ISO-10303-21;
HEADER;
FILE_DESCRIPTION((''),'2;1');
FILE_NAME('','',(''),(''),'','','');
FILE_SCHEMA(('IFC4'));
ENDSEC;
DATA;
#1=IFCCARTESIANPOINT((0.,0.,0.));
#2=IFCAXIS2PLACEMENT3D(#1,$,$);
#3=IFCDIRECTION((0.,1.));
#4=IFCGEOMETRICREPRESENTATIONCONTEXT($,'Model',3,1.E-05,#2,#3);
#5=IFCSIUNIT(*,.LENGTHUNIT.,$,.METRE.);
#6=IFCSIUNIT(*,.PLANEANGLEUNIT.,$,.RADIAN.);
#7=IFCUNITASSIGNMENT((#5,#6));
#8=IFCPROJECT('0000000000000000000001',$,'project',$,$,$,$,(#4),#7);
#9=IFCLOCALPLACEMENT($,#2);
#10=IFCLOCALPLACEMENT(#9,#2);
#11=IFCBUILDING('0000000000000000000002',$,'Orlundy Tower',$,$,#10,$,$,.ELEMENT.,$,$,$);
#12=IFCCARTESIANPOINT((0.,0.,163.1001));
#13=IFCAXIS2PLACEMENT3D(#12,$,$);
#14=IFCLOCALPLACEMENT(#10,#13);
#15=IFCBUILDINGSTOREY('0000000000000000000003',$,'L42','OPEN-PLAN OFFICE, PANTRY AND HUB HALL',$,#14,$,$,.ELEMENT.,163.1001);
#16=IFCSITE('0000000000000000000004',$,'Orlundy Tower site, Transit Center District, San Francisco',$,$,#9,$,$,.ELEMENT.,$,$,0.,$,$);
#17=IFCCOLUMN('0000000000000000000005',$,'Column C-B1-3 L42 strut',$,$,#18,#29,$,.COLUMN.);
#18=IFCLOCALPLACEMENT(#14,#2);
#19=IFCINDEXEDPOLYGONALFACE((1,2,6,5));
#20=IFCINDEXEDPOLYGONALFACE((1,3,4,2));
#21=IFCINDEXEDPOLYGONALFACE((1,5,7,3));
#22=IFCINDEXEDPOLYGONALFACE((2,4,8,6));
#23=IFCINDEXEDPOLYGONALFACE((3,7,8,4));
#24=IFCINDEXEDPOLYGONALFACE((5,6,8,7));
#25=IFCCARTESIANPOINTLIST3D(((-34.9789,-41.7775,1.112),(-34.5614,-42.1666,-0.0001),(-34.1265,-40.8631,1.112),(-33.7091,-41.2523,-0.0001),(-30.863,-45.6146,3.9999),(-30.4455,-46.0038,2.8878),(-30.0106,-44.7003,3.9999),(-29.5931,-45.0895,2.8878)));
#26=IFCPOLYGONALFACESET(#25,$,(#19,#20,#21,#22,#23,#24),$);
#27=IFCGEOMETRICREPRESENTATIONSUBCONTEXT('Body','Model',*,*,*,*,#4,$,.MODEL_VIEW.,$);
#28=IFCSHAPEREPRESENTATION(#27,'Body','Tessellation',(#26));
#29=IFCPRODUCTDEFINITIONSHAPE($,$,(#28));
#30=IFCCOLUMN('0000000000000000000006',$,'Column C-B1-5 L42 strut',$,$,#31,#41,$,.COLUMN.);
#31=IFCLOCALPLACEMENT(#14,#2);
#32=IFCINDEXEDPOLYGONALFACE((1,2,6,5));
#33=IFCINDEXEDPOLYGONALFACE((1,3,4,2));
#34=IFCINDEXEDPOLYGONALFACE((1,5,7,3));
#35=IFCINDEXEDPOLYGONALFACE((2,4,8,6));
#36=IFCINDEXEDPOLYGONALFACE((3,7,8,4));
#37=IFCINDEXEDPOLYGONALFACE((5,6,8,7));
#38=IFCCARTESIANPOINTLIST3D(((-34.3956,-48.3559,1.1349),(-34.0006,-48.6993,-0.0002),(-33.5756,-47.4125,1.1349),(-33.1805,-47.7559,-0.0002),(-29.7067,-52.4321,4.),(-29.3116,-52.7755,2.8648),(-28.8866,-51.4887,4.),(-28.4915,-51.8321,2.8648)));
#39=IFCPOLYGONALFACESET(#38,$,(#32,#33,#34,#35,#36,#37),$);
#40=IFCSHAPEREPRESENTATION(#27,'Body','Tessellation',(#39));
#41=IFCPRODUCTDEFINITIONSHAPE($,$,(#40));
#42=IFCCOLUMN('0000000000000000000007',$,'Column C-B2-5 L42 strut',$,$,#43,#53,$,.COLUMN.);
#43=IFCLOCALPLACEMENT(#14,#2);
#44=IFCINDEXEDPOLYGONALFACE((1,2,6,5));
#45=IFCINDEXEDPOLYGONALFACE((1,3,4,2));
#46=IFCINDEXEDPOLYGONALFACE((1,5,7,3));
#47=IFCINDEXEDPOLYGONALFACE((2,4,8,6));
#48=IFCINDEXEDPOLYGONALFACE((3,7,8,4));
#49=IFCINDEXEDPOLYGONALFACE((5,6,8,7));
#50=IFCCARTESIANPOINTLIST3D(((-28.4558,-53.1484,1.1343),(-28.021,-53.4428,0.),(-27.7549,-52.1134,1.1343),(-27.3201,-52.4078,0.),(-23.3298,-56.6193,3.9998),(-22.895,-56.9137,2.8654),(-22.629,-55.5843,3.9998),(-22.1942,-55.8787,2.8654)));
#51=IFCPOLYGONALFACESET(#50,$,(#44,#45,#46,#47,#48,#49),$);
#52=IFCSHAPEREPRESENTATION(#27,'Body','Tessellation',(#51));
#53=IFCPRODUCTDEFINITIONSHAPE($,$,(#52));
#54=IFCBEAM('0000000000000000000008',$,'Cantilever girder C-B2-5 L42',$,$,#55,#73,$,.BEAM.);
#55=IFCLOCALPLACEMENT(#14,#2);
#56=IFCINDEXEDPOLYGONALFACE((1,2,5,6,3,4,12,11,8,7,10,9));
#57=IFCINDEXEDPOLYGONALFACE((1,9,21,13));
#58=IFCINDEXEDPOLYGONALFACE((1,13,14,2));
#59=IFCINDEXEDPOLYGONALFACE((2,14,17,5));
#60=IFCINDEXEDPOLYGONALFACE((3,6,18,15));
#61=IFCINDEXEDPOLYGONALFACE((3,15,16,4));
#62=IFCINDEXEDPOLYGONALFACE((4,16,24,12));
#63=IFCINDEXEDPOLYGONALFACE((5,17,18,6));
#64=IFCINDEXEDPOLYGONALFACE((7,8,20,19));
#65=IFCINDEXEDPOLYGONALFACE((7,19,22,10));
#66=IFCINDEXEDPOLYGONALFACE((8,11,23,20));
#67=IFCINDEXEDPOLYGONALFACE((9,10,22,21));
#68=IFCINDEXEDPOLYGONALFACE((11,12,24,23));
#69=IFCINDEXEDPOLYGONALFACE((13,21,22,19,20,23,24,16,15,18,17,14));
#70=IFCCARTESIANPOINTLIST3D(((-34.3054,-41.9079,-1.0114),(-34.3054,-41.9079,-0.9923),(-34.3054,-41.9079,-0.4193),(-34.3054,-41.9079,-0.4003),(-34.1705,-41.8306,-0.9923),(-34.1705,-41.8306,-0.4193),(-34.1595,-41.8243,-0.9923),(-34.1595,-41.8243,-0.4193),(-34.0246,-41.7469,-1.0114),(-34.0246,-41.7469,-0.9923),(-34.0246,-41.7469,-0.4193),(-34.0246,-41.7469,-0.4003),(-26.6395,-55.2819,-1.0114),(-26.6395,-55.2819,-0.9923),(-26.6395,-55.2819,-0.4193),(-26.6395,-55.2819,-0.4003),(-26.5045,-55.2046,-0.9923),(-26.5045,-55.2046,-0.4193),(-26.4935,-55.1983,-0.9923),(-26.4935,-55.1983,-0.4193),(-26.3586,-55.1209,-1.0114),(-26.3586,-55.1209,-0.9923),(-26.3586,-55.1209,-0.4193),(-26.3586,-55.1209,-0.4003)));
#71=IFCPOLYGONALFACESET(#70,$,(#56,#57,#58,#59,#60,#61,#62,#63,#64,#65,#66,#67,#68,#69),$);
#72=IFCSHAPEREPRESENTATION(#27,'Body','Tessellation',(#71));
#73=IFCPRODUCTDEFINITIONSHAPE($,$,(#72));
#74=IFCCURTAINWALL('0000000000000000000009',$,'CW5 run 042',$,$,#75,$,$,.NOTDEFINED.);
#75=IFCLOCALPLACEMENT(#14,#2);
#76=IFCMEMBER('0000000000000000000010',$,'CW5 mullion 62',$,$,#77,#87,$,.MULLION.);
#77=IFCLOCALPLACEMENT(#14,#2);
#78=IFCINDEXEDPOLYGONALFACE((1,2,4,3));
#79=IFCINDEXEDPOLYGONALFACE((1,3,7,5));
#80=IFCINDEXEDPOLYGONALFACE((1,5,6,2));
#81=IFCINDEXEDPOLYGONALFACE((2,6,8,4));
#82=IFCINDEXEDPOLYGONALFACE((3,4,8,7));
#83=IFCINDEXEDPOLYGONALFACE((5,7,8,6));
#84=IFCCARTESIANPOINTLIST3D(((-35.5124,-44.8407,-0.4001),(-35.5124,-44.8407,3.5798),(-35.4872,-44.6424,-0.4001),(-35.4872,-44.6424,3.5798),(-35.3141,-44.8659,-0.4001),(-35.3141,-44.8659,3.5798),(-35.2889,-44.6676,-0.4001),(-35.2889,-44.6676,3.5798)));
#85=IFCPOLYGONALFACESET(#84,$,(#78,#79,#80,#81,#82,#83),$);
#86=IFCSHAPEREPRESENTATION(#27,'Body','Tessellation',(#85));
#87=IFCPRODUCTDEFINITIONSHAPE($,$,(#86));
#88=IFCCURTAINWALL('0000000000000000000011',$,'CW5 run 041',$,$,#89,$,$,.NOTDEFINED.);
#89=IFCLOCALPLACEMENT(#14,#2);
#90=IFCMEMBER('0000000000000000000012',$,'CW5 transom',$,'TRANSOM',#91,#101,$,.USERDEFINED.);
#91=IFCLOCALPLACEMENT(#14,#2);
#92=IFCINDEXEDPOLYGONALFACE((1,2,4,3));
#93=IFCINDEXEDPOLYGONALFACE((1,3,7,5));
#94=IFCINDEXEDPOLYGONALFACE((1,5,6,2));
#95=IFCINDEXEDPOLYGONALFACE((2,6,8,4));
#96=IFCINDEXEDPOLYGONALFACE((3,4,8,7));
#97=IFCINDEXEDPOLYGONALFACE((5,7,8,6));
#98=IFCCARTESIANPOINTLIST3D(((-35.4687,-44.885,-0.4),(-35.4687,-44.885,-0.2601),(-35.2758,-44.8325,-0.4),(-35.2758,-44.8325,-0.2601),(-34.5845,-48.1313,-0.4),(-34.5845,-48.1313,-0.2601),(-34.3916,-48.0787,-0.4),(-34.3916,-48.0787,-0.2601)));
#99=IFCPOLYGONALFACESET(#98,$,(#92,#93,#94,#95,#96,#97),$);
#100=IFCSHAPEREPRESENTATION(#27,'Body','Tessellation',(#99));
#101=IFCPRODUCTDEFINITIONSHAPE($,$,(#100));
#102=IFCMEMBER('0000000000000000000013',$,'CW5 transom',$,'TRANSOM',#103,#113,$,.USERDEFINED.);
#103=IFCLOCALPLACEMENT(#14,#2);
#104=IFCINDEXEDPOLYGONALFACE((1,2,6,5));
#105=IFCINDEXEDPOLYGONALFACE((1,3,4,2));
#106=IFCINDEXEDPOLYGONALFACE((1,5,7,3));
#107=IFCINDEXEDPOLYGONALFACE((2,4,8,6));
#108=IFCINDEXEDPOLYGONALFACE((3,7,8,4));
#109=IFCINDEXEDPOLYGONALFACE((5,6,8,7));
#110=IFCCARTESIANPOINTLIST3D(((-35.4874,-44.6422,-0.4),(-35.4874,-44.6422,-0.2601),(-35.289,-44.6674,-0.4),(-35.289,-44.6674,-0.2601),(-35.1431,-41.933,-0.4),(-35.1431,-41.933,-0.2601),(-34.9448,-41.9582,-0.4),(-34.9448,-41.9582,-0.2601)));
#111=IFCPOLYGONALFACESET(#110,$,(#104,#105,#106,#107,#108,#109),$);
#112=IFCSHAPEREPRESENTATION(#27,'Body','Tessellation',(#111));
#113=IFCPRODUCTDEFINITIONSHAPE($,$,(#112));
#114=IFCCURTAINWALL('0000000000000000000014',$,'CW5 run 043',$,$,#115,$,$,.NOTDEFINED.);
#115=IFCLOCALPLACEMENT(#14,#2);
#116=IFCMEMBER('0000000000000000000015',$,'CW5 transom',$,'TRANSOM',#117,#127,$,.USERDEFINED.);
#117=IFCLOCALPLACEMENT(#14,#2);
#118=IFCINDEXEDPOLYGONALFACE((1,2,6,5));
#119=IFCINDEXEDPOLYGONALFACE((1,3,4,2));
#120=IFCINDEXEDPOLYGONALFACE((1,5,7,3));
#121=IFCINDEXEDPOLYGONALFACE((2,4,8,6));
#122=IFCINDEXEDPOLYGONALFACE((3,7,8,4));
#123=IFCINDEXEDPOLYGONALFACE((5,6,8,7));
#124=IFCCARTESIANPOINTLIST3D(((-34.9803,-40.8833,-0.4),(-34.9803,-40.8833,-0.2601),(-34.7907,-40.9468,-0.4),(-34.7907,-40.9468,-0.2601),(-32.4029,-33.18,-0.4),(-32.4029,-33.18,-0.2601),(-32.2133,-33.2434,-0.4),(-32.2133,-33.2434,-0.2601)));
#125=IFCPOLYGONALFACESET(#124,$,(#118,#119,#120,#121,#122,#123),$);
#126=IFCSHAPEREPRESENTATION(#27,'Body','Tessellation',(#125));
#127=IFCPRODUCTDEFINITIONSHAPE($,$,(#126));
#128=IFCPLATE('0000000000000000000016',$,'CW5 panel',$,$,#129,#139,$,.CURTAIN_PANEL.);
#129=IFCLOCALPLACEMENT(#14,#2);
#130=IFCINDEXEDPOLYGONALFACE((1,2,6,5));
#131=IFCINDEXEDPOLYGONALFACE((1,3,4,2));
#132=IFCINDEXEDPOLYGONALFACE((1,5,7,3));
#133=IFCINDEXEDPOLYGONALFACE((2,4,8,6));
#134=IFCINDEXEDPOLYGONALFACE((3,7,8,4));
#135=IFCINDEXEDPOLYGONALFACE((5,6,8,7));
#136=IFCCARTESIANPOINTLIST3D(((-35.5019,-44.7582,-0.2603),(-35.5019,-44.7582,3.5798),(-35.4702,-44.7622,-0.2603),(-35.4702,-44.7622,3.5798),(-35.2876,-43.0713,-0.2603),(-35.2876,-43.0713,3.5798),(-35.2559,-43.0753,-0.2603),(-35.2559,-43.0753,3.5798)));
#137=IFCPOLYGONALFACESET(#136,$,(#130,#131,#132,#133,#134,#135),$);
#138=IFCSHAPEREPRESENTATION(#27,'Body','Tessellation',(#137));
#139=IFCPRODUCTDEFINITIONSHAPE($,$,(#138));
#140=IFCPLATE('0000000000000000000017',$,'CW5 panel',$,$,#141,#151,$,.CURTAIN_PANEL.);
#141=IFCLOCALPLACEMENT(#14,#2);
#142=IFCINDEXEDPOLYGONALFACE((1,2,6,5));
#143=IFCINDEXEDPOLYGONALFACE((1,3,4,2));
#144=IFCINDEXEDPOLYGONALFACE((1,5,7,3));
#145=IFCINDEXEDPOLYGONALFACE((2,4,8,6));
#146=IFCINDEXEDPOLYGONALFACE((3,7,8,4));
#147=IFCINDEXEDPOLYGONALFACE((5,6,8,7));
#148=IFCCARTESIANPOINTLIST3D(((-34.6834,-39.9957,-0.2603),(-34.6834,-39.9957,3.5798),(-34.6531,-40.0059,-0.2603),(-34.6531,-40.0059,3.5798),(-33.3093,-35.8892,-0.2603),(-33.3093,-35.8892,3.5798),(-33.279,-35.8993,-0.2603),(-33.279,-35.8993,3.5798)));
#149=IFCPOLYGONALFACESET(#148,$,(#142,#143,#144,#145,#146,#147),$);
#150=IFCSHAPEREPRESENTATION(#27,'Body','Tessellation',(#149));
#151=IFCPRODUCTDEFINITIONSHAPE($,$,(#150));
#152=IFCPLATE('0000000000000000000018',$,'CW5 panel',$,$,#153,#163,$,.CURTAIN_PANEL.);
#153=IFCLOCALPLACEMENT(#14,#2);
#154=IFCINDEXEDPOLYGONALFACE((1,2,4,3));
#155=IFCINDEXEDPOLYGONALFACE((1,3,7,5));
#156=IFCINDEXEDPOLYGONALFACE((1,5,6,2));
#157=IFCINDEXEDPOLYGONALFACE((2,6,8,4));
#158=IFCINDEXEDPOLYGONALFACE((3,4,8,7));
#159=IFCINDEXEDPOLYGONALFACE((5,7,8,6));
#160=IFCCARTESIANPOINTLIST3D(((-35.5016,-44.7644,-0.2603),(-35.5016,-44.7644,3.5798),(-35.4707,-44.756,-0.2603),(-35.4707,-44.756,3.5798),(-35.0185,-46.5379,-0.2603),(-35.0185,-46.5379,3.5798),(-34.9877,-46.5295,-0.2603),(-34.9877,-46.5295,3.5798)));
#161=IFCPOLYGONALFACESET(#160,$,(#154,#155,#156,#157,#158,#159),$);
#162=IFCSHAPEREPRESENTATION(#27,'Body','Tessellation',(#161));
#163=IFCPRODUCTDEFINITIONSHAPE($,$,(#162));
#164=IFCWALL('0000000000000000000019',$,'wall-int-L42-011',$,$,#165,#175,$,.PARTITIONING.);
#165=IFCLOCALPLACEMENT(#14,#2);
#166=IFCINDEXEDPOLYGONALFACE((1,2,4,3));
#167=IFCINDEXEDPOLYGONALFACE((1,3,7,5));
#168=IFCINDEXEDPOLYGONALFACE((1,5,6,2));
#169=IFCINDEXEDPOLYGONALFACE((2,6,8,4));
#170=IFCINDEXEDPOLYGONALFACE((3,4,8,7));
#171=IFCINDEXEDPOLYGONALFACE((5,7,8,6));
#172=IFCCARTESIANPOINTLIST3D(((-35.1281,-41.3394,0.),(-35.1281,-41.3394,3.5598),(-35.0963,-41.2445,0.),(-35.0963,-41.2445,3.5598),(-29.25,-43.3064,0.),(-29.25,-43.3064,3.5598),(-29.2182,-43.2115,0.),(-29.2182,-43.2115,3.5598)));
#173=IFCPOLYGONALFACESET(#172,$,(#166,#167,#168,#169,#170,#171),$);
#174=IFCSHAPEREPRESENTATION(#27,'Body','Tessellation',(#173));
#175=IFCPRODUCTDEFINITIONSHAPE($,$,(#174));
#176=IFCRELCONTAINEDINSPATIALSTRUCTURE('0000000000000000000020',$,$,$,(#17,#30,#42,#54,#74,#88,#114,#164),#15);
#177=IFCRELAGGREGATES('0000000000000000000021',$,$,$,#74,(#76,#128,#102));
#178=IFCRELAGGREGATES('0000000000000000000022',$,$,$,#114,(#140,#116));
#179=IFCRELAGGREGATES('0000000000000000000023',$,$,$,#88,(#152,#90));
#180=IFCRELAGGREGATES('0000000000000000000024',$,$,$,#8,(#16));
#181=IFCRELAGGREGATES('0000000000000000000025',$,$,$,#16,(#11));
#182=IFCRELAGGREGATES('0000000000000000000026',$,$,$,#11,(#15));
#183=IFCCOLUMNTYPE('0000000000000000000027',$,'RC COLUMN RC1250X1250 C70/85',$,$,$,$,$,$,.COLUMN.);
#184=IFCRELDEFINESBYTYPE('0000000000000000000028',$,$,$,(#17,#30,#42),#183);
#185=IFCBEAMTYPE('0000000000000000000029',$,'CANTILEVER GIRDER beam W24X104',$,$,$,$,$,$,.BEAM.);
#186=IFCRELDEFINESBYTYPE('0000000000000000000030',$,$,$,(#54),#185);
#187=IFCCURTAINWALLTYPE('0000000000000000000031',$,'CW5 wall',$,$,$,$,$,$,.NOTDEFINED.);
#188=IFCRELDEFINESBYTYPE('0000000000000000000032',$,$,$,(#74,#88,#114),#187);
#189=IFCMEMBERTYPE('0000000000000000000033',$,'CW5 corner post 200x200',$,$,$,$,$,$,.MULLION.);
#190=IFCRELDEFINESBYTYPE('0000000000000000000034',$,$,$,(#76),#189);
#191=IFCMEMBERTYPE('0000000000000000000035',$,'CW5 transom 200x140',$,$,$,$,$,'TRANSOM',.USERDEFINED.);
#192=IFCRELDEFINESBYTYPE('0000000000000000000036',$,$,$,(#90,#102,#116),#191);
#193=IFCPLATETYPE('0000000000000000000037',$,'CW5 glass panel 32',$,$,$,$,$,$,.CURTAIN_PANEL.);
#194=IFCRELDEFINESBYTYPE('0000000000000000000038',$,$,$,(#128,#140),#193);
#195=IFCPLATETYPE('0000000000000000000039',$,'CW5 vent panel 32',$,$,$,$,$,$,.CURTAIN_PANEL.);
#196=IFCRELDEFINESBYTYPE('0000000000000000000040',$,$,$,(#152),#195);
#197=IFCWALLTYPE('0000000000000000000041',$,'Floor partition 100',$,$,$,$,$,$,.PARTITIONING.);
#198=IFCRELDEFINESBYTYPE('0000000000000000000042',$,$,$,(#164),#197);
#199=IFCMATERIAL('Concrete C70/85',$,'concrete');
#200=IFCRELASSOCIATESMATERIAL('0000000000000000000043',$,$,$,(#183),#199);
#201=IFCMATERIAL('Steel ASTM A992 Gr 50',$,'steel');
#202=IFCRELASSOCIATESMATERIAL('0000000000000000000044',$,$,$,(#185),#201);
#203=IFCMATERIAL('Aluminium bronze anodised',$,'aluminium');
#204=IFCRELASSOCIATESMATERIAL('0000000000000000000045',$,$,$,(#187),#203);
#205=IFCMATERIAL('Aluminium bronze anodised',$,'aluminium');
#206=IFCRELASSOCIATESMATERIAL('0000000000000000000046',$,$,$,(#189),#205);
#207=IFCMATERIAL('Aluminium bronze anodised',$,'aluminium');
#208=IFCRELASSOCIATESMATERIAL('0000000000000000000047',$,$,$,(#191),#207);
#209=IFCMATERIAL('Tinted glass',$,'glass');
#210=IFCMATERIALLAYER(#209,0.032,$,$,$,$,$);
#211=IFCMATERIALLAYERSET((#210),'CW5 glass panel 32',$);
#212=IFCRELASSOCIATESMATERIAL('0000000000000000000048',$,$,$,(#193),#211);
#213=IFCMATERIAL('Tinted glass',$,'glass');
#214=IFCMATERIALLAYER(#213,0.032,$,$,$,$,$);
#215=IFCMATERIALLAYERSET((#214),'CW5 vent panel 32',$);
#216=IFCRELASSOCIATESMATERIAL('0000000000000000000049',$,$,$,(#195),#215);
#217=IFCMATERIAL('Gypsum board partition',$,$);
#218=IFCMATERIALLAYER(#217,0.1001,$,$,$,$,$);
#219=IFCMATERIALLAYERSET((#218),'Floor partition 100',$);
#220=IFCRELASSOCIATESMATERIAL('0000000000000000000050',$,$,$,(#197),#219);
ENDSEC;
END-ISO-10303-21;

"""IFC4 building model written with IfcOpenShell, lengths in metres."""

from ifc_helpers import new_model, si_unit, direction, frame, frame_2d, origin, origin_2d, place, context, subcontext, project, spatial, rectangle, i_section, extrude, material, layer, layer_set, material_profile, profile_set, type_object, element, aggregate, save


model = new_model("IFC4")

# Units and contexts
model_context = context("Model", 3, precision=1e-05, world=origin(), true_north=direction((0.0, 1.0)))
body_context = subcontext(model_context, "Body", "Model", "MODEL_VIEW")
ifc_project = project(units=[si_unit("LENGTHUNIT", "METRE"), si_unit("PLANEANGLEUNIT", "RADIAN")], contexts=[model_context])

# Site, building, storey
site_placement = place(None, origin())
site = spatial("IfcSite", under=ifc_project, at=site_placement, Name="Orlundy Tower site, Transit Center District, San Francisco", CompositionType="ELEMENT", RefElevation=0.0)
building_placement = place(site_placement, origin())
building = spatial("IfcBuilding", under=site, at=building_placement, Name="Orlundy Tower", CompositionType="ELEMENT")
storey_placement = place(building_placement, frame((0.0, 0.0, 163.1001)))
storey = spatial("IfcBuildingStorey", under=building, at=storey_placement, Name="L42", Description="OPEN-PLAN OFFICE, PANTRY AND HUB HALL", CompositionType="ELEMENT", Elevation=163.1001)

# Columns
ifc_material_1 = material(Name="Concrete C70/85", Category="concrete")
ifc_material_profile_1 = material_profile(ifc_material_1, rectangle(XDim=1.25, YDim=1.25, at=origin_2d()), Name="RC1250X1250")
ifc_profile_set_1 = profile_set([ifc_material_profile_1], Name="Concrete C70/85")
column_type = type_object("IfcColumnType", Name="RC COLUMN RC1250X1250 C70/85", PredefinedType="COLUMN", material=ifc_profile_set_1)
column_1_placement = place(storey_placement, frame((-34.344, -41.5149, 0.5559), z_axis=(0.65075, -0.606669, 0.456594), x_axis=(0.681899, 0.731446, 0.0)))
element("IfcColumn", 1, at=column_1_placement, inside=storey, type_object=column_type, Name="Column C-B1-3 L42 strut", PredefinedType="COLUMN", context=body_context, shape_type="SweptSolid", body=[
    extrude(rectangle(XDim=1.25, YDim=1.25, at=origin_2d()), origin(), (0.0, 0.0, 1.0), 6.325),
])
column_2_placement = place(storey_placement, frame((-33.7881, -48.0559, 0.5674), z_axis=(0.685344, -0.595778, 0.41875), x_axis=(0.65607, 0.7547, 0.0)))
element("IfcColumn", 2, at=column_2_placement, inside=storey, type_object=column_type, Name="Column C-B1-5 L42 strut", PredefinedType="COLUMN", context=body_context, shape_type="SweptSolid", body=[
    extrude(rectangle(XDim=1.25, YDim=1.25, at=origin_2d()), origin(), (0.0, 0.0, 1.0), 6.8418),
])
column_3_placement = place(storey_placement, frame((-27.8879, -52.7781, 0.5671), z_axis=(0.751434, -0.508818, 0.42006), x_axis=(0.560683, 0.82803, 0.0)))
element("IfcColumn", 3, at=column_3_placement, inside=storey, type_object=column_type, Name="Column C-B2-5 L42 strut", PredefinedType="COLUMN", context=body_context, shape_type="SweptSolid", body=[
    extrude(rectangle(XDim=1.25, YDim=1.25, at=origin_2d()), origin(), (0.0, 0.0, 1.0), 6.8215),
])

# Beam
ifc_material_2 = material(Name="Steel ASTM A992 Gr 50", Category="steel")
ifc_material_profile_2 = material_profile(ifc_material_2, i_section(OverallWidth=0.3237, OverallDepth=0.6111, WebThickness=0.0127, FlangeThickness=0.019, at=origin_2d()), Name="W24X104")
ifc_profile_set_2 = profile_set([ifc_material_profile_2], Name="Steel ASTM A992 Gr 50")
beam_type = type_object("IfcBeamType", Name="CANTILEVER GIRDER beam W24X104", PredefinedType="BEAM", material=ifc_profile_set_2)
beam_placement = place(storey_placement, frame((-26.499, -55.2014, -0.7058), z_axis=(-0.497298, 0.86758, 0.0), x_axis=(-0.86758, -0.497298, 0.0)))
element("IfcBeam", 4, at=beam_placement, inside=storey, type_object=beam_type, Name="Cantilever girder C-B2-5 L42", PredefinedType="BEAM", context=body_context, shape_type="SweptSolid", body=[
    extrude(i_section(OverallWidth=0.3237, OverallDepth=0.6111, WebThickness=0.0127, FlangeThickness=0.019, at=origin_2d()), origin(), (0.0, 0.0, 1.0), 15.4153),
])

# Curtain walls, members
ifc_material_3 = material(Name="Aluminium bronze anodised", Category="aluminium")
curtain_wall_type = type_object("IfcCurtainWallType", Name="CW5 wall", PredefinedType="NOTDEFINED", material=ifc_material_3)
curtain_wall_1_placement = place(storey_placement, origin())
curtain_wall_1 = element("IfcCurtainWall", 5, at=curtain_wall_1_placement, inside=storey, type_object=curtain_wall_type, Name="CW5 run 042", PredefinedType="NOTDEFINED")
ifc_material_4 = material(Name="Aluminium bronze anodised", Category="aluminium")
ifc_material_profile_3 = material_profile(ifc_material_4, rectangle(XDim=0.2, YDim=0.2, at=origin_2d()), Name="CW5 corner post 200x200")
ifc_profile_set_3 = profile_set([ifc_material_profile_3], Name="Aluminium bronze anodised")
member_type_1 = type_object("IfcMemberType", Name="CW5 corner post 200x200", PredefinedType="MULLION", material=ifc_profile_set_3)
member_1_placement = place(storey_placement, frame((-35.4006, -44.7542, -0.4001), z_axis=(0.0, 0.0, 1.0), x_axis=(-0.992031, 0.125994, 0.0)))
member_1 = element("IfcMember", 6, at=member_1_placement, type_object=member_type_1, Name="CW5 mullion 62", PredefinedType="MULLION", context=body_context, shape_type="SweptSolid", body=[
    extrude(rectangle(XDim=0.2, YDim=0.2, at=origin_2d()), origin(), (0.0, 0.0, 1.0), 3.98),
])
curtain_wall_2_placement = place(storey_placement, origin())
curtain_wall_2 = element("IfcCurtainWall", 7, at=curtain_wall_2_placement, inside=storey, type_object=curtain_wall_type, Name="CW5 run 041", PredefinedType="NOTDEFINED")
ifc_material_5 = material(Name="Aluminium bronze anodised", Category="aluminium")
ifc_material_profile_4 = material_profile(ifc_material_5, rectangle(XDim=0.2, YDim=0.1399, at=origin_2d()), Name="CW5 transom 200x140")
ifc_profile_set_4 = profile_set([ifc_material_profile_4], Name="Aluminium bronze anodised")
member_type_2 = type_object("IfcMemberType", Name="CW5 transom 200x140", ElementType="TRANSOM", PredefinedType="USERDEFINED", material=ifc_profile_set_4)
member_2_placement = place(storey_placement, frame((-34.488, -48.105, -0.3301), z_axis=(-0.262817, 0.964846, 0.0), x_axis=(-0.964846, -0.262817, 0.0)))
member_2 = element("IfcMember", 8, at=member_2_placement, type_object=member_type_2, Name="CW5 transom", ObjectType="TRANSOM", PredefinedType="USERDEFINED", context=body_context, shape_type="SweptSolid", body=[
    extrude(rectangle(XDim=0.2, YDim=0.1399, at=origin_2d()), origin(), (0.0, 0.0, 1.0), 3.3645),
])

# Member
member_3_placement = place(storey_placement, frame((-35.3882, -44.6548, -0.3301), z_axis=(0.126048, 0.992024, 0.0), x_axis=(-0.992024, 0.126048, 0.0)))
member_3 = element("IfcMember", 9, at=member_3_placement, type_object=member_type_2, Name="CW5 transom", ObjectType="TRANSOM", PredefinedType="USERDEFINED", context=body_context, shape_type="SweptSolid", body=[
    extrude(rectangle(XDim=0.2, YDim=0.1399, at=origin_2d()), origin(), (0.0, 0.0, 1.0), 2.731),
])

# Curtain wall, member
curtain_wall_3_placement = place(storey_placement, origin())
curtain_wall_3 = element("IfcCurtainWall", 10, at=curtain_wall_3_placement, inside=storey, type_object=curtain_wall_type, Name="CW5 run 043", PredefinedType="NOTDEFINED")
member_4_placement = place(storey_placement, frame((-34.8855, -40.915, -0.3301), z_axis=(0.317292, 0.948328, 0.0), x_axis=(-0.948328, 0.317292, 0.0)))
member_4 = element("IfcMember", 11, at=member_4_placement, type_object=member_type_2, Name="CW5 transom", ObjectType="TRANSOM", PredefinedType="USERDEFINED", context=body_context, shape_type="SweptSolid", body=[
    extrude(rectangle(XDim=0.2, YDim=0.1399, at=origin_2d()), origin(), (0.0, 0.0, 1.0), 8.123),
])

# Plates
ifc_material_6 = material(Name="Tinted glass", Category="glass")
ifc_layer_1 = layer(ifc_material_6, 0.032)
ifc_layer_set_1 = layer_set([ifc_layer_1], Name="CW5 glass panel 32")
plate_type_1 = type_object("IfcPlateType", Name="CW5 glass panel 32", PredefinedType="CURTAIN_PANEL", material=ifc_layer_set_1)
plate_1_placement = place(storey_placement, frame((-35.3789, -43.9167, -0.2603), z_axis=(0.0, 0.0, 1.0), x_axis=(0.125994, 0.992031, 0.0)))
plate_1 = element("IfcPlate", 12, at=plate_1_placement, type_object=plate_type_1, Name="CW5 panel", PredefinedType="CURTAIN_PANEL", context=body_context, shape_type="SweptSolid", body=[
    extrude(rectangle(XDim=1.7004, YDim=0.032, at=origin_2d()), origin(), (0.0, 0.0, 1.0), 3.8401),
])
aggregate(curtain_wall_1, [member_1, plate_1, member_3])
plate_2_placement = place(storey_placement, frame((-33.9812, -37.9475, -0.2603), z_axis=(0.0, 0.0, 1.0), x_axis=(0.317312, 0.948321, 0.0)))
plate_2 = element("IfcPlate", 13, at=plate_2_placement, type_object=plate_type_1, Name="CW5 panel", PredefinedType="CURTAIN_PANEL", context=body_context, shape_type="SweptSolid", body=[
    extrude(rectangle(XDim=4.3303, YDim=0.032, at=origin_2d()), origin(), (0.0, 0.0, 1.0), 3.8401),
])
aggregate(curtain_wall_3, [plate_2, member_4])
ifc_material_7 = material(Name="Tinted glass", Category="glass")
ifc_layer_2 = layer(ifc_material_7, 0.032)
ifc_layer_set_2 = layer_set([ifc_layer_2], Name="CW5 vent panel 32")
plate_type_2 = type_object("IfcPlateType", Name="CW5 vent panel 32", PredefinedType="CURTAIN_PANEL", material=ifc_layer_set_2)
plate_3_placement = place(storey_placement, frame((-35.2446, -45.647, -0.2603), z_axis=(0.0, 0.0, 1.0), x_axis=(-0.262798, 0.964851, 0.0)))
plate_3 = element("IfcPlate", 14, at=plate_3_placement, type_object=plate_type_2, Name="CW5 panel", PredefinedType="CURTAIN_PANEL", context=body_context, shape_type="SweptSolid", body=[
    extrude(rectangle(XDim=1.8381, YDim=0.032, at=origin_2d()), origin(), (0.0, 0.0, 1.0), 3.8401),
])
aggregate(curtain_wall_2, [plate_3, member_2])

# Wall
ifc_material_8 = material(Name="Gypsum board partition")
ifc_layer_3 = layer(ifc_material_8, 0.1001)
ifc_layer_set_3 = layer_set([ifc_layer_3], Name="Floor partition 100")
wall_type_1 = type_object("IfcWallType", Name="Floor partition 100", PredefinedType="PARTITIONING", material=ifc_layer_set_3)
wall_1_placement = place(storey_placement, frame((-35.1121, -41.292, 0.0), z_axis=(0.0, 0.0, 1.0), x_axis=(0.948312, -0.317338, 0.0)))
element("IfcWall", 15, at=wall_1_placement, inside=storey, type_object=wall_type_1, Name="wall-int-L42-011", PredefinedType="PARTITIONING", context=body_context, shape_type="SweptSolid", body=[
    extrude(rectangle(XDim=6.1985, YDim=0.1001, at=frame_2d((3.0991, 0.0))), origin(), (0.0, 0.0, 1.0), 3.5598),
])

save(model, "model.ifc")
